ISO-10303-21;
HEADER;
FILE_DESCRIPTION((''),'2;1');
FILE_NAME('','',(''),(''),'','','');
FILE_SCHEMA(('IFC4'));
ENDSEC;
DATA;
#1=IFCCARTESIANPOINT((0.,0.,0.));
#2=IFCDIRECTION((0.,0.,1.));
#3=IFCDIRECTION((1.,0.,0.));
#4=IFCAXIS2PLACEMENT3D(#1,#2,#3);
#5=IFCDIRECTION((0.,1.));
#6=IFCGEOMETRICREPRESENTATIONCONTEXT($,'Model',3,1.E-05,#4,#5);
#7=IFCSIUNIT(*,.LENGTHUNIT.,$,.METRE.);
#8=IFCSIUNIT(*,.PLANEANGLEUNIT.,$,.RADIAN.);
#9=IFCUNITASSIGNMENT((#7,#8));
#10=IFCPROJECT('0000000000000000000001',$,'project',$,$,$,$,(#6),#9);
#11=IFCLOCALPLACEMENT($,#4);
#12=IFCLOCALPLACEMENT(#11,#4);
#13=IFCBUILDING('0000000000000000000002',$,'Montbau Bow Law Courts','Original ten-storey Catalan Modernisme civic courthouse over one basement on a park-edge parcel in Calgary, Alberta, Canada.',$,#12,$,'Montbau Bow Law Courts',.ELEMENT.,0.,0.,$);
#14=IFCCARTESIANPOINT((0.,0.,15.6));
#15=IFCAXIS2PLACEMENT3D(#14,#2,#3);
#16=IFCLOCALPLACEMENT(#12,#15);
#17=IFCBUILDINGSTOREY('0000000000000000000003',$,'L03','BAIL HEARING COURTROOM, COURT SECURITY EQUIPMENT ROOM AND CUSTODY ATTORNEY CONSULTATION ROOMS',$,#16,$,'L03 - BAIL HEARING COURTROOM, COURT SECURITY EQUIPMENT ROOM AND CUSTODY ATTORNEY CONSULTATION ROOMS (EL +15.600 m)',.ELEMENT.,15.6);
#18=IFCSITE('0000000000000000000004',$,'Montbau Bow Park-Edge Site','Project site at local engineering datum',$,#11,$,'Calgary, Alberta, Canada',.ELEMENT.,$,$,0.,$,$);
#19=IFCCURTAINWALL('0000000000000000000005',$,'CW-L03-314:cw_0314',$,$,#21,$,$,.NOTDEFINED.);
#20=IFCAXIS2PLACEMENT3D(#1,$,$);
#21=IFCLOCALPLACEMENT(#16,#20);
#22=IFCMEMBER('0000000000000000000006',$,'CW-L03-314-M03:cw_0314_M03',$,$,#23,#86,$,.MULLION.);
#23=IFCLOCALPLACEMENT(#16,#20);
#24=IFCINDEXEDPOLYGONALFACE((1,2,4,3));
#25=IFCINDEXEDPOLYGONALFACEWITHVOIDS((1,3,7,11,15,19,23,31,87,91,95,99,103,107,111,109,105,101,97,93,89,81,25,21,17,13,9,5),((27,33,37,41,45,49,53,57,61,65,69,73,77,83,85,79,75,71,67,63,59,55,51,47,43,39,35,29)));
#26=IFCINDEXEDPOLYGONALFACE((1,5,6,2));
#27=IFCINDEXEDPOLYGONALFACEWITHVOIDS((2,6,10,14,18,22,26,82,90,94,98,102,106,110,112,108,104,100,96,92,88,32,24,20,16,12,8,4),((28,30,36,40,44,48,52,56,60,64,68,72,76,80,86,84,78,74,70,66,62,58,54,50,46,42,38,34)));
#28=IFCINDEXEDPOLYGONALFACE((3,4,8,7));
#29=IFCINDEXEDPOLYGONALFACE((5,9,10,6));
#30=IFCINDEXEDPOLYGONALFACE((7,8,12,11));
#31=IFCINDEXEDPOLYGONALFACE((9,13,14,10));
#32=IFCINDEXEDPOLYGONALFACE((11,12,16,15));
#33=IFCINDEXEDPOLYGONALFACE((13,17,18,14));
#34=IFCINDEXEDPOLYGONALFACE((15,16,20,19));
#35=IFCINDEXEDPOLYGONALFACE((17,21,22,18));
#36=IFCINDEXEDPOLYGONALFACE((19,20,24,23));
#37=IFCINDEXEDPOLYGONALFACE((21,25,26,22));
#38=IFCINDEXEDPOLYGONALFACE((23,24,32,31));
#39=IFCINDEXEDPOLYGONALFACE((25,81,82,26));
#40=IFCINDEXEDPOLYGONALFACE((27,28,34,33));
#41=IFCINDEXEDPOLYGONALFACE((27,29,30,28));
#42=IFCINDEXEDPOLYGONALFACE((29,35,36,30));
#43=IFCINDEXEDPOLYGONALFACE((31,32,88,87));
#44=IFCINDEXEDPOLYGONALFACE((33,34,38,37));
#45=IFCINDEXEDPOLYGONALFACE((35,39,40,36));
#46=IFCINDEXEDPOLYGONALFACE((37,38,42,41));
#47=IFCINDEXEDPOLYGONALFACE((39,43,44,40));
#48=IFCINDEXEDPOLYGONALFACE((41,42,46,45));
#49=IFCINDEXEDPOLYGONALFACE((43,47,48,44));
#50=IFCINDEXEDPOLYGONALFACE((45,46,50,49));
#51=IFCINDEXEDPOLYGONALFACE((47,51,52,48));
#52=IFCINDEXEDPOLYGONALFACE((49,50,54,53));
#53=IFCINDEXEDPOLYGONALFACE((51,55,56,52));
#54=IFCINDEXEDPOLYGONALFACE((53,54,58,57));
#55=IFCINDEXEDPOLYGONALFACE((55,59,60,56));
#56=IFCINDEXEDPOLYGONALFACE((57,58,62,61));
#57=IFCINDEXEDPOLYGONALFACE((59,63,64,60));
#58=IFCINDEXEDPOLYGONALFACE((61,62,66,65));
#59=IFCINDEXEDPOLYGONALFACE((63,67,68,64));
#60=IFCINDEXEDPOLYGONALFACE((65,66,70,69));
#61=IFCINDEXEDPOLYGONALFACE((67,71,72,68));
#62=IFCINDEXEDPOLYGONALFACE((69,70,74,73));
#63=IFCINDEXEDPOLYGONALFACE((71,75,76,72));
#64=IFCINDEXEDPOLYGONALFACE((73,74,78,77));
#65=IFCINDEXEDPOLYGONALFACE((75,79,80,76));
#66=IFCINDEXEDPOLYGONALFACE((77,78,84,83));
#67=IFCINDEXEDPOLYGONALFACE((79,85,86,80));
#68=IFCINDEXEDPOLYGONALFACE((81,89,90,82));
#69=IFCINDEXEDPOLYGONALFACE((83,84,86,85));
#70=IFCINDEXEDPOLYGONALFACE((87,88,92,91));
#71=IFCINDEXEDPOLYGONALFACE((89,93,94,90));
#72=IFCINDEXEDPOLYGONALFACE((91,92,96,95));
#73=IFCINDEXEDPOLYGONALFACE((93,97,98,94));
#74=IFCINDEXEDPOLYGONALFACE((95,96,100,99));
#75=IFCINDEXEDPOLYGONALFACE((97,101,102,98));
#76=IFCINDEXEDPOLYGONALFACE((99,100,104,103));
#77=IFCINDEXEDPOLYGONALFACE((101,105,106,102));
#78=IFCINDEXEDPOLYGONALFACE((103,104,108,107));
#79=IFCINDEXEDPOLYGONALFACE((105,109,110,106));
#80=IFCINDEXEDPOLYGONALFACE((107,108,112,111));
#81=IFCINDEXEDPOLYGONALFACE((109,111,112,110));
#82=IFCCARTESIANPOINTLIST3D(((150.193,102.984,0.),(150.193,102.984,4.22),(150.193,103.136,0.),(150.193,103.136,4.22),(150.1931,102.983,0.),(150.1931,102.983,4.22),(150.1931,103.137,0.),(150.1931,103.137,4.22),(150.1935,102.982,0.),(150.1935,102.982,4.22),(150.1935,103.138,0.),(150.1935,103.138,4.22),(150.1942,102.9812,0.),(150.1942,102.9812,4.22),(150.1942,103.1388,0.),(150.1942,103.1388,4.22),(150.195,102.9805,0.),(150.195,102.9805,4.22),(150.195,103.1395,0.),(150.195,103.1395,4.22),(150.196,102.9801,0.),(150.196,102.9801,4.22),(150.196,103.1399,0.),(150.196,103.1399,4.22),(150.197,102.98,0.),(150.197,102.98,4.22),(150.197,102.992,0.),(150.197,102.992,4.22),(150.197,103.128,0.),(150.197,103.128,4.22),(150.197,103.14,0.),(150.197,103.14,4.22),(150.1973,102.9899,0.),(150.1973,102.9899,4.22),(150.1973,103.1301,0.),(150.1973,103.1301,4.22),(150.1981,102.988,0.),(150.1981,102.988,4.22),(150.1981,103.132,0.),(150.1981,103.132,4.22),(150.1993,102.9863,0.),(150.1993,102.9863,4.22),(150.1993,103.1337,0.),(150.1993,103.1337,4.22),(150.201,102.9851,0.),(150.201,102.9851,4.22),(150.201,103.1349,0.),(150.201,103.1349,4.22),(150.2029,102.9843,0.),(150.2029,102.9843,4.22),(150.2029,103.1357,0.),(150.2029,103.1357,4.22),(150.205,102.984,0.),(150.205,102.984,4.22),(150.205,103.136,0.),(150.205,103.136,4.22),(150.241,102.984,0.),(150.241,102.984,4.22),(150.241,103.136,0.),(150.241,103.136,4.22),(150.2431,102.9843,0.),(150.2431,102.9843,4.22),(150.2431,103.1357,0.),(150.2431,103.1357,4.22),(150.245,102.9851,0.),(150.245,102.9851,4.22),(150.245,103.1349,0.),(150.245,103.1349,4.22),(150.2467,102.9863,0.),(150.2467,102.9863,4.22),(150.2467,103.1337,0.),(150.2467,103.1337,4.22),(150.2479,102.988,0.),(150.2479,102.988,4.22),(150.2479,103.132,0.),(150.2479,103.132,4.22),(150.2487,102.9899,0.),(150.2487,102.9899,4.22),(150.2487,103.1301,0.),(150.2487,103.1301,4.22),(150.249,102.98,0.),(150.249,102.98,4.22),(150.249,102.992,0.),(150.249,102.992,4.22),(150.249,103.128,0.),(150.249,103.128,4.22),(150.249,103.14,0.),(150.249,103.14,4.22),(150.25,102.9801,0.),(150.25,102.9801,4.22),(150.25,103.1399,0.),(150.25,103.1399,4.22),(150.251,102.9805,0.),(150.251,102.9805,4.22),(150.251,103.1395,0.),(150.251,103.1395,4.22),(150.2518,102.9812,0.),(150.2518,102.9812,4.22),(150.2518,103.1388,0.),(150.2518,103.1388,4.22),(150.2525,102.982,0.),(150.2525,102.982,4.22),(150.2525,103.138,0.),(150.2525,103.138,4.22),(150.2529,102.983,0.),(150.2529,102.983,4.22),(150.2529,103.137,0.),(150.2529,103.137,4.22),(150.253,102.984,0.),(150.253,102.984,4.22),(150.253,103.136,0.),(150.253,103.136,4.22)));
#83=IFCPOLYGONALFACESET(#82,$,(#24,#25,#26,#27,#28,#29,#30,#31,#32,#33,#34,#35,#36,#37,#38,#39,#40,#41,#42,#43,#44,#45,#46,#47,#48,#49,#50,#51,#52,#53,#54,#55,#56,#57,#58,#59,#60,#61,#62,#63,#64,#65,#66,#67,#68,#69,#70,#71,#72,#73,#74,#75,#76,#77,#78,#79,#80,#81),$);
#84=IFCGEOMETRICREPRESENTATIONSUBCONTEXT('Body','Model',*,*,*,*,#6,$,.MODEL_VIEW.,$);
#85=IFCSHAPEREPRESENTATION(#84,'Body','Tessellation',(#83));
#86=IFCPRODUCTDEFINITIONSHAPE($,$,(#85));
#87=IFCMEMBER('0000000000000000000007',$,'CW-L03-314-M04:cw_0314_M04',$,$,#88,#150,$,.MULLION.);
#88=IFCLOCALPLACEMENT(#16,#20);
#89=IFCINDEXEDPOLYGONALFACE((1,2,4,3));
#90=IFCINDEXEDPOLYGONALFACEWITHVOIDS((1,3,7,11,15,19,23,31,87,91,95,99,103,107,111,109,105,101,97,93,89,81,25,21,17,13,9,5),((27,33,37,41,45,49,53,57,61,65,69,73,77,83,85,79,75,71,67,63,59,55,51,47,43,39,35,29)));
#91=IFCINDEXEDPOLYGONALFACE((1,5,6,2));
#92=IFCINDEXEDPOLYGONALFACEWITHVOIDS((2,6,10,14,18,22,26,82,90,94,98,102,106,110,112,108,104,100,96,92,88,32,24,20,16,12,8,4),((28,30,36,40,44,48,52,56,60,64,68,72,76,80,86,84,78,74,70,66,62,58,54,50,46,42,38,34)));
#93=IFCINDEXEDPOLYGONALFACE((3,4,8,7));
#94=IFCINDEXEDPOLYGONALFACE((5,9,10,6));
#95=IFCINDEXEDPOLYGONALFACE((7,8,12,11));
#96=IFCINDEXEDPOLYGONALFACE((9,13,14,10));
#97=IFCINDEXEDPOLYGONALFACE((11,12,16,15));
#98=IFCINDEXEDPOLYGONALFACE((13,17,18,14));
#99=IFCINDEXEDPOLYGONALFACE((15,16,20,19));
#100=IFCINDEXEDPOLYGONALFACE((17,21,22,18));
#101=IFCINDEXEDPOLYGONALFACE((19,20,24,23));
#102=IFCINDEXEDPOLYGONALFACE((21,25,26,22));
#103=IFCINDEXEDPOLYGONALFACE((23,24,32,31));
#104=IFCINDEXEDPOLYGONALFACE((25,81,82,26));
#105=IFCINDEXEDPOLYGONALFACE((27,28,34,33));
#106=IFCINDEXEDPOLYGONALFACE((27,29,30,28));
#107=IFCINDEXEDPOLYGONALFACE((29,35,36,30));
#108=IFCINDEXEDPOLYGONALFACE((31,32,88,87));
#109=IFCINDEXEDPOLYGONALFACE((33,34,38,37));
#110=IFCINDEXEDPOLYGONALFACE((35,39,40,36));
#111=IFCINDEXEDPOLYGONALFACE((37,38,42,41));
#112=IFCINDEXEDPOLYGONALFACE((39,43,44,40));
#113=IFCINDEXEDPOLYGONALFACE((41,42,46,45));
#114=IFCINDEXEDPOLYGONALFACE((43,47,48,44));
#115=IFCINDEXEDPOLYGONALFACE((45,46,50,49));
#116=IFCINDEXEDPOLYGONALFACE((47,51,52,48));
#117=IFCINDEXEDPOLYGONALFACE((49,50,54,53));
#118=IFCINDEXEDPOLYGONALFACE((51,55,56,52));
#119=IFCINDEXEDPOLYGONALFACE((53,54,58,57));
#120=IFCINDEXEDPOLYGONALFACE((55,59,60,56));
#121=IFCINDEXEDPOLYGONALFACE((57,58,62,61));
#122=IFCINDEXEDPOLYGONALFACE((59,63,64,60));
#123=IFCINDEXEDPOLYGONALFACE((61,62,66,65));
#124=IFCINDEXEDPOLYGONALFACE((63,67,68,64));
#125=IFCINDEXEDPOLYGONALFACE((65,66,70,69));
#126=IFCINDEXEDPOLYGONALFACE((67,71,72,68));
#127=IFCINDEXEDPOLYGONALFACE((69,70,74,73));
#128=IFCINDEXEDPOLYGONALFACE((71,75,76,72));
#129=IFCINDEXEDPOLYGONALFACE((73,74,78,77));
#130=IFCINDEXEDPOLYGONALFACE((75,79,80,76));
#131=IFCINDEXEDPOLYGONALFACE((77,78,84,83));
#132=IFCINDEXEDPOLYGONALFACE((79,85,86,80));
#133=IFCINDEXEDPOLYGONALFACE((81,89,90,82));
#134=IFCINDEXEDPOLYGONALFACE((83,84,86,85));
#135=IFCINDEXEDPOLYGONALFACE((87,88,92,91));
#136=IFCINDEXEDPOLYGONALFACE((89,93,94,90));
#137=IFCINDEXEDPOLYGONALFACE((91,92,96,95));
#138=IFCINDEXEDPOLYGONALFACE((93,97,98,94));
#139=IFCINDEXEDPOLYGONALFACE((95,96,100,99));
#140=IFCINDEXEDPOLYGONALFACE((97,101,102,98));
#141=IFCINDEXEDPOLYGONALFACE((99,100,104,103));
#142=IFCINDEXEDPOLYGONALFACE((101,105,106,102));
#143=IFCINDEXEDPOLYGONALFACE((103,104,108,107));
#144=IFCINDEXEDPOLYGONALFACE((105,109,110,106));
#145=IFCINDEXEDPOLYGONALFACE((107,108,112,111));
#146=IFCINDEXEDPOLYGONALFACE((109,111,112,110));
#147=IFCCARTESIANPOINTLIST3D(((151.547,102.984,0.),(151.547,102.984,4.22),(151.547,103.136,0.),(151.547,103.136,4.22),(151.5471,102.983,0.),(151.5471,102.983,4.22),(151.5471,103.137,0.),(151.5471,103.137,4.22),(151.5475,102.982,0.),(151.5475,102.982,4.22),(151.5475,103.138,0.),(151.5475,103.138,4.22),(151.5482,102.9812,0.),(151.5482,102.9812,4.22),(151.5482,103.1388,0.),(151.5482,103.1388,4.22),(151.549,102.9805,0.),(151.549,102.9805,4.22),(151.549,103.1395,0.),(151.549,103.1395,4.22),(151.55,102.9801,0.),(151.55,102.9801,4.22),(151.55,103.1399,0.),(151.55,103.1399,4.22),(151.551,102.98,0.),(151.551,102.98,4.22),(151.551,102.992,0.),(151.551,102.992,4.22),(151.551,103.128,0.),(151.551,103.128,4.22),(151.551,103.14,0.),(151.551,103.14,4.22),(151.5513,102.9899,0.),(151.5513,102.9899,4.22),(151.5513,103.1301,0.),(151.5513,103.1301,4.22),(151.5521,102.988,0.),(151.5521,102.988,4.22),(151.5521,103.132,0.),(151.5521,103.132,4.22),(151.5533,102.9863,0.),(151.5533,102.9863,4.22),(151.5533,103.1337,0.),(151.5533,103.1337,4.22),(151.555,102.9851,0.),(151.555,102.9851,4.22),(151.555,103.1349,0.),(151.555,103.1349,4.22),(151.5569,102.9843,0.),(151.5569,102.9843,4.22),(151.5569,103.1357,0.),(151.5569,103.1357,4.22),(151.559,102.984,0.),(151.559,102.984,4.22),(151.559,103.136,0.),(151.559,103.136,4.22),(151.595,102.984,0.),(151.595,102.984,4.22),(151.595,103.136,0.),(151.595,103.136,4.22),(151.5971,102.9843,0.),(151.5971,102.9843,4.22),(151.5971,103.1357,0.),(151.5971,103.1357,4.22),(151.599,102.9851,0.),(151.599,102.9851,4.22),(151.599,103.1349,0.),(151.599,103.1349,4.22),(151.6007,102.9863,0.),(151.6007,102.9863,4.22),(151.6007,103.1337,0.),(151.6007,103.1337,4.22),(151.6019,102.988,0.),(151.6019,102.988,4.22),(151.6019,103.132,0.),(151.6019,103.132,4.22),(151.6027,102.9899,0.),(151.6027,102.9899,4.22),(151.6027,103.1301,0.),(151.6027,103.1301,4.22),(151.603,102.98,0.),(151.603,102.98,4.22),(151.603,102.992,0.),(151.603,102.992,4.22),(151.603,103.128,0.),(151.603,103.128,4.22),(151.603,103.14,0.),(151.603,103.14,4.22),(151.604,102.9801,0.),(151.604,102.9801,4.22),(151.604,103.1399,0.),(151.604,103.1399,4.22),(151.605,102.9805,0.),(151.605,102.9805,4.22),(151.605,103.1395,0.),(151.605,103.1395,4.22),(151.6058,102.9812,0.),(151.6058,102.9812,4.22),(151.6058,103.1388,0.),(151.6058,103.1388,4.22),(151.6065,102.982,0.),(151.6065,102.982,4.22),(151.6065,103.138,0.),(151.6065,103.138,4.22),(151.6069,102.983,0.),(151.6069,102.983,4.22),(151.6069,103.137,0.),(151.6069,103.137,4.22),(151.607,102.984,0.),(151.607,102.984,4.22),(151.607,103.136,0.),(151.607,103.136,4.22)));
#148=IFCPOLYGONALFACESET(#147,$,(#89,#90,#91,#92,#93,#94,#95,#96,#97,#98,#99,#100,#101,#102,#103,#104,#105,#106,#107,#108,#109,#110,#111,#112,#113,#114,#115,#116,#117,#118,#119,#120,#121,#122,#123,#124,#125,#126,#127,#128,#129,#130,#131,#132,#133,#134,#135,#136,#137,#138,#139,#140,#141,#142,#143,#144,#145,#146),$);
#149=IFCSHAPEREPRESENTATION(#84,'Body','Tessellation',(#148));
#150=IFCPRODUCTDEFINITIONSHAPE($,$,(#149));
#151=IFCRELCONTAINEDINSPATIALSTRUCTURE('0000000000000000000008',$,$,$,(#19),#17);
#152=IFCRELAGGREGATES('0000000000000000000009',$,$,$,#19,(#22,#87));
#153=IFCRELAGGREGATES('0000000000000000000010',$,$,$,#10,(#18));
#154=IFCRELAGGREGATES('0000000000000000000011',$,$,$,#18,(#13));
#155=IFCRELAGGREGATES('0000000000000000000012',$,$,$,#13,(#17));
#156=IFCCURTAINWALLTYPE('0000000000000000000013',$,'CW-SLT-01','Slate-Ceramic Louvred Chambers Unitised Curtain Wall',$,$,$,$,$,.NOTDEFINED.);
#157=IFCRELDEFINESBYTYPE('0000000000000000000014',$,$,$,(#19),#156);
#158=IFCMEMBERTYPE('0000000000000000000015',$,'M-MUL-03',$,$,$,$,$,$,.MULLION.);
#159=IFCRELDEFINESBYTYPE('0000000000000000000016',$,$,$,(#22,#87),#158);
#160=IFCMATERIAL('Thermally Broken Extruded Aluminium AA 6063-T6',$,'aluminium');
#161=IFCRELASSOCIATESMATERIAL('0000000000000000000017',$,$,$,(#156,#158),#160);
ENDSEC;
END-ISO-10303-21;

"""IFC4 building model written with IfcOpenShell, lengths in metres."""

from ifc_helpers import new_model, si_unit, direction, frame, origin_with_axes, origin_2d_with_axis, place, context, subcontext, project, spatial, hollow_rectangle, extrude, material, material_profile, profile_set, type_object, element, aggregate, save


model = new_model("IFC4")

# Units and contexts
model_context = context("Model", 3, precision=1e-05, world=origin_with_axes(), true_north=direction((0.0, 1.0)))
body_context = subcontext(model_context, "Body", "Model", "MODEL_VIEW")
ifc_project = project(units=[si_unit("LENGTHUNIT", "METRE"), si_unit("PLANEANGLEUNIT", "RADIAN")], contexts=[model_context])

# Site, building, storey
site_placement = place(None, origin_with_axes())
site = spatial("IfcSite", under=ifc_project, at=site_placement, Name="Montbau Bow Park-Edge Site", Description="Project site at local engineering datum", LongName="Calgary, Alberta, Canada", CompositionType="ELEMENT", RefElevation=0.0)
building_placement = place(site_placement, origin_with_axes())
building = spatial("IfcBuilding", under=site, at=building_placement, Name="Montbau Bow Law Courts", Description="Original ten-storey Catalan Modernisme civic courthouse over one basement on a park-edge parcel in Calgary, Alberta, Canada.", LongName="Montbau Bow Law Courts", CompositionType="ELEMENT", ElevationOfRefHeight=0.0, ElevationOfTerrain=0.0)
storey_placement = place(building_placement, frame((0.0, 0.0, 15.6), z_axis=(0.0, 0.0, 1.0), x_axis=(1.0, 0.0, 0.0)))
storey = spatial("IfcBuildingStorey", under=building, at=storey_placement, Name="L03", Description="BAIL HEARING COURTROOM, COURT SECURITY EQUIPMENT ROOM AND CUSTODY ATTORNEY CONSULTATION ROOMS", LongName="L03 - BAIL HEARING COURTROOM, COURT SECURITY EQUIPMENT ROOM AND CUSTODY ATTORNEY CONSULTATION ROOMS (EL +15.600 m)", CompositionType="ELEMENT", Elevation=15.6)

# Curtain wall, members
ifc_material_1 = material(Name="Thermally Broken Extruded Aluminium AA 6063-T6", Category="aluminium")
curtain_wall_type = type_object("IfcCurtainWallType", Name="CW-SLT-01", Description="Slate-Ceramic Louvred Chambers Unitised Curtain Wall", PredefinedType="NOTDEFINED", material=ifc_material_1)
curtain_wall_placement = place(None, frame((147.515, 103.06, 15.6), z_axis=(0.0, 0.0, 1.0), x_axis=(1.0, 0.0, 0.0)))
curtain_wall = element("IfcCurtainWall", 1, at=curtain_wall_placement, inside=storey, type_object=curtain_wall_type, Name="CW-L03-314:cw_0314", PredefinedType="NOTDEFINED")
ifc_material_profile_1 = material_profile(ifc_material_1, hollow_rectangle(XDim=0.06, YDim=0.16, WallThickness=0.004, InnerFilletRadius=0.008, OuterFilletRadius=0.004, at=origin_2d_with_axis()), Name="CWM-160X60", Category="Main", Priority=0)
ifc_profile_set_1 = profile_set([ifc_material_profile_1], Name="Thermally Broken Extruded Aluminium AA 6063-T6")
member_type_1 = type_object("IfcMemberType", Name="M-MUL-03", PredefinedType="MULLION", material=ifc_profile_set_1)
member_1_placement = place(None, frame((150.223, 103.06, 15.6), z_axis=(0.0, 0.0, 1.0), x_axis=(1.0, 0.0, 0.0)))
member_1 = element("IfcMember", 2, at=member_1_placement, type_object=member_type_1, Name="CW-L03-314-M03:cw_0314_M03", PredefinedType="MULLION", context=body_context, shape_type="SweptSolid", body=[
    extrude(hollow_rectangle(XDim=0.06, YDim=0.16, WallThickness=0.004, InnerFilletRadius=0.008, OuterFilletRadius=0.004, at=origin_2d_with_axis()), origin_with_axes(), (0.0, 0.0, 1.0), 4.22),
])
member_2_placement = place(None, frame((151.577, 103.06, 15.6), z_axis=(0.0, 0.0, 1.0), x_axis=(1.0, 0.0, 0.0)))
member_2 = element("IfcMember", 3, at=member_2_placement, type_object=member_type_1, Name="CW-L03-314-M04:cw_0314_M04", PredefinedType="MULLION", context=body_context, shape_type="SweptSolid", body=[
    extrude(hollow_rectangle(XDim=0.06, YDim=0.16, WallThickness=0.004, InnerFilletRadius=0.008, OuterFilletRadius=0.004, at=origin_2d_with_axis()), origin_with_axes(), (0.0, 0.0, 1.0), 4.22),
])
aggregate(curtain_wall, [member_1, member_2])

save(model, "model.ifc")
